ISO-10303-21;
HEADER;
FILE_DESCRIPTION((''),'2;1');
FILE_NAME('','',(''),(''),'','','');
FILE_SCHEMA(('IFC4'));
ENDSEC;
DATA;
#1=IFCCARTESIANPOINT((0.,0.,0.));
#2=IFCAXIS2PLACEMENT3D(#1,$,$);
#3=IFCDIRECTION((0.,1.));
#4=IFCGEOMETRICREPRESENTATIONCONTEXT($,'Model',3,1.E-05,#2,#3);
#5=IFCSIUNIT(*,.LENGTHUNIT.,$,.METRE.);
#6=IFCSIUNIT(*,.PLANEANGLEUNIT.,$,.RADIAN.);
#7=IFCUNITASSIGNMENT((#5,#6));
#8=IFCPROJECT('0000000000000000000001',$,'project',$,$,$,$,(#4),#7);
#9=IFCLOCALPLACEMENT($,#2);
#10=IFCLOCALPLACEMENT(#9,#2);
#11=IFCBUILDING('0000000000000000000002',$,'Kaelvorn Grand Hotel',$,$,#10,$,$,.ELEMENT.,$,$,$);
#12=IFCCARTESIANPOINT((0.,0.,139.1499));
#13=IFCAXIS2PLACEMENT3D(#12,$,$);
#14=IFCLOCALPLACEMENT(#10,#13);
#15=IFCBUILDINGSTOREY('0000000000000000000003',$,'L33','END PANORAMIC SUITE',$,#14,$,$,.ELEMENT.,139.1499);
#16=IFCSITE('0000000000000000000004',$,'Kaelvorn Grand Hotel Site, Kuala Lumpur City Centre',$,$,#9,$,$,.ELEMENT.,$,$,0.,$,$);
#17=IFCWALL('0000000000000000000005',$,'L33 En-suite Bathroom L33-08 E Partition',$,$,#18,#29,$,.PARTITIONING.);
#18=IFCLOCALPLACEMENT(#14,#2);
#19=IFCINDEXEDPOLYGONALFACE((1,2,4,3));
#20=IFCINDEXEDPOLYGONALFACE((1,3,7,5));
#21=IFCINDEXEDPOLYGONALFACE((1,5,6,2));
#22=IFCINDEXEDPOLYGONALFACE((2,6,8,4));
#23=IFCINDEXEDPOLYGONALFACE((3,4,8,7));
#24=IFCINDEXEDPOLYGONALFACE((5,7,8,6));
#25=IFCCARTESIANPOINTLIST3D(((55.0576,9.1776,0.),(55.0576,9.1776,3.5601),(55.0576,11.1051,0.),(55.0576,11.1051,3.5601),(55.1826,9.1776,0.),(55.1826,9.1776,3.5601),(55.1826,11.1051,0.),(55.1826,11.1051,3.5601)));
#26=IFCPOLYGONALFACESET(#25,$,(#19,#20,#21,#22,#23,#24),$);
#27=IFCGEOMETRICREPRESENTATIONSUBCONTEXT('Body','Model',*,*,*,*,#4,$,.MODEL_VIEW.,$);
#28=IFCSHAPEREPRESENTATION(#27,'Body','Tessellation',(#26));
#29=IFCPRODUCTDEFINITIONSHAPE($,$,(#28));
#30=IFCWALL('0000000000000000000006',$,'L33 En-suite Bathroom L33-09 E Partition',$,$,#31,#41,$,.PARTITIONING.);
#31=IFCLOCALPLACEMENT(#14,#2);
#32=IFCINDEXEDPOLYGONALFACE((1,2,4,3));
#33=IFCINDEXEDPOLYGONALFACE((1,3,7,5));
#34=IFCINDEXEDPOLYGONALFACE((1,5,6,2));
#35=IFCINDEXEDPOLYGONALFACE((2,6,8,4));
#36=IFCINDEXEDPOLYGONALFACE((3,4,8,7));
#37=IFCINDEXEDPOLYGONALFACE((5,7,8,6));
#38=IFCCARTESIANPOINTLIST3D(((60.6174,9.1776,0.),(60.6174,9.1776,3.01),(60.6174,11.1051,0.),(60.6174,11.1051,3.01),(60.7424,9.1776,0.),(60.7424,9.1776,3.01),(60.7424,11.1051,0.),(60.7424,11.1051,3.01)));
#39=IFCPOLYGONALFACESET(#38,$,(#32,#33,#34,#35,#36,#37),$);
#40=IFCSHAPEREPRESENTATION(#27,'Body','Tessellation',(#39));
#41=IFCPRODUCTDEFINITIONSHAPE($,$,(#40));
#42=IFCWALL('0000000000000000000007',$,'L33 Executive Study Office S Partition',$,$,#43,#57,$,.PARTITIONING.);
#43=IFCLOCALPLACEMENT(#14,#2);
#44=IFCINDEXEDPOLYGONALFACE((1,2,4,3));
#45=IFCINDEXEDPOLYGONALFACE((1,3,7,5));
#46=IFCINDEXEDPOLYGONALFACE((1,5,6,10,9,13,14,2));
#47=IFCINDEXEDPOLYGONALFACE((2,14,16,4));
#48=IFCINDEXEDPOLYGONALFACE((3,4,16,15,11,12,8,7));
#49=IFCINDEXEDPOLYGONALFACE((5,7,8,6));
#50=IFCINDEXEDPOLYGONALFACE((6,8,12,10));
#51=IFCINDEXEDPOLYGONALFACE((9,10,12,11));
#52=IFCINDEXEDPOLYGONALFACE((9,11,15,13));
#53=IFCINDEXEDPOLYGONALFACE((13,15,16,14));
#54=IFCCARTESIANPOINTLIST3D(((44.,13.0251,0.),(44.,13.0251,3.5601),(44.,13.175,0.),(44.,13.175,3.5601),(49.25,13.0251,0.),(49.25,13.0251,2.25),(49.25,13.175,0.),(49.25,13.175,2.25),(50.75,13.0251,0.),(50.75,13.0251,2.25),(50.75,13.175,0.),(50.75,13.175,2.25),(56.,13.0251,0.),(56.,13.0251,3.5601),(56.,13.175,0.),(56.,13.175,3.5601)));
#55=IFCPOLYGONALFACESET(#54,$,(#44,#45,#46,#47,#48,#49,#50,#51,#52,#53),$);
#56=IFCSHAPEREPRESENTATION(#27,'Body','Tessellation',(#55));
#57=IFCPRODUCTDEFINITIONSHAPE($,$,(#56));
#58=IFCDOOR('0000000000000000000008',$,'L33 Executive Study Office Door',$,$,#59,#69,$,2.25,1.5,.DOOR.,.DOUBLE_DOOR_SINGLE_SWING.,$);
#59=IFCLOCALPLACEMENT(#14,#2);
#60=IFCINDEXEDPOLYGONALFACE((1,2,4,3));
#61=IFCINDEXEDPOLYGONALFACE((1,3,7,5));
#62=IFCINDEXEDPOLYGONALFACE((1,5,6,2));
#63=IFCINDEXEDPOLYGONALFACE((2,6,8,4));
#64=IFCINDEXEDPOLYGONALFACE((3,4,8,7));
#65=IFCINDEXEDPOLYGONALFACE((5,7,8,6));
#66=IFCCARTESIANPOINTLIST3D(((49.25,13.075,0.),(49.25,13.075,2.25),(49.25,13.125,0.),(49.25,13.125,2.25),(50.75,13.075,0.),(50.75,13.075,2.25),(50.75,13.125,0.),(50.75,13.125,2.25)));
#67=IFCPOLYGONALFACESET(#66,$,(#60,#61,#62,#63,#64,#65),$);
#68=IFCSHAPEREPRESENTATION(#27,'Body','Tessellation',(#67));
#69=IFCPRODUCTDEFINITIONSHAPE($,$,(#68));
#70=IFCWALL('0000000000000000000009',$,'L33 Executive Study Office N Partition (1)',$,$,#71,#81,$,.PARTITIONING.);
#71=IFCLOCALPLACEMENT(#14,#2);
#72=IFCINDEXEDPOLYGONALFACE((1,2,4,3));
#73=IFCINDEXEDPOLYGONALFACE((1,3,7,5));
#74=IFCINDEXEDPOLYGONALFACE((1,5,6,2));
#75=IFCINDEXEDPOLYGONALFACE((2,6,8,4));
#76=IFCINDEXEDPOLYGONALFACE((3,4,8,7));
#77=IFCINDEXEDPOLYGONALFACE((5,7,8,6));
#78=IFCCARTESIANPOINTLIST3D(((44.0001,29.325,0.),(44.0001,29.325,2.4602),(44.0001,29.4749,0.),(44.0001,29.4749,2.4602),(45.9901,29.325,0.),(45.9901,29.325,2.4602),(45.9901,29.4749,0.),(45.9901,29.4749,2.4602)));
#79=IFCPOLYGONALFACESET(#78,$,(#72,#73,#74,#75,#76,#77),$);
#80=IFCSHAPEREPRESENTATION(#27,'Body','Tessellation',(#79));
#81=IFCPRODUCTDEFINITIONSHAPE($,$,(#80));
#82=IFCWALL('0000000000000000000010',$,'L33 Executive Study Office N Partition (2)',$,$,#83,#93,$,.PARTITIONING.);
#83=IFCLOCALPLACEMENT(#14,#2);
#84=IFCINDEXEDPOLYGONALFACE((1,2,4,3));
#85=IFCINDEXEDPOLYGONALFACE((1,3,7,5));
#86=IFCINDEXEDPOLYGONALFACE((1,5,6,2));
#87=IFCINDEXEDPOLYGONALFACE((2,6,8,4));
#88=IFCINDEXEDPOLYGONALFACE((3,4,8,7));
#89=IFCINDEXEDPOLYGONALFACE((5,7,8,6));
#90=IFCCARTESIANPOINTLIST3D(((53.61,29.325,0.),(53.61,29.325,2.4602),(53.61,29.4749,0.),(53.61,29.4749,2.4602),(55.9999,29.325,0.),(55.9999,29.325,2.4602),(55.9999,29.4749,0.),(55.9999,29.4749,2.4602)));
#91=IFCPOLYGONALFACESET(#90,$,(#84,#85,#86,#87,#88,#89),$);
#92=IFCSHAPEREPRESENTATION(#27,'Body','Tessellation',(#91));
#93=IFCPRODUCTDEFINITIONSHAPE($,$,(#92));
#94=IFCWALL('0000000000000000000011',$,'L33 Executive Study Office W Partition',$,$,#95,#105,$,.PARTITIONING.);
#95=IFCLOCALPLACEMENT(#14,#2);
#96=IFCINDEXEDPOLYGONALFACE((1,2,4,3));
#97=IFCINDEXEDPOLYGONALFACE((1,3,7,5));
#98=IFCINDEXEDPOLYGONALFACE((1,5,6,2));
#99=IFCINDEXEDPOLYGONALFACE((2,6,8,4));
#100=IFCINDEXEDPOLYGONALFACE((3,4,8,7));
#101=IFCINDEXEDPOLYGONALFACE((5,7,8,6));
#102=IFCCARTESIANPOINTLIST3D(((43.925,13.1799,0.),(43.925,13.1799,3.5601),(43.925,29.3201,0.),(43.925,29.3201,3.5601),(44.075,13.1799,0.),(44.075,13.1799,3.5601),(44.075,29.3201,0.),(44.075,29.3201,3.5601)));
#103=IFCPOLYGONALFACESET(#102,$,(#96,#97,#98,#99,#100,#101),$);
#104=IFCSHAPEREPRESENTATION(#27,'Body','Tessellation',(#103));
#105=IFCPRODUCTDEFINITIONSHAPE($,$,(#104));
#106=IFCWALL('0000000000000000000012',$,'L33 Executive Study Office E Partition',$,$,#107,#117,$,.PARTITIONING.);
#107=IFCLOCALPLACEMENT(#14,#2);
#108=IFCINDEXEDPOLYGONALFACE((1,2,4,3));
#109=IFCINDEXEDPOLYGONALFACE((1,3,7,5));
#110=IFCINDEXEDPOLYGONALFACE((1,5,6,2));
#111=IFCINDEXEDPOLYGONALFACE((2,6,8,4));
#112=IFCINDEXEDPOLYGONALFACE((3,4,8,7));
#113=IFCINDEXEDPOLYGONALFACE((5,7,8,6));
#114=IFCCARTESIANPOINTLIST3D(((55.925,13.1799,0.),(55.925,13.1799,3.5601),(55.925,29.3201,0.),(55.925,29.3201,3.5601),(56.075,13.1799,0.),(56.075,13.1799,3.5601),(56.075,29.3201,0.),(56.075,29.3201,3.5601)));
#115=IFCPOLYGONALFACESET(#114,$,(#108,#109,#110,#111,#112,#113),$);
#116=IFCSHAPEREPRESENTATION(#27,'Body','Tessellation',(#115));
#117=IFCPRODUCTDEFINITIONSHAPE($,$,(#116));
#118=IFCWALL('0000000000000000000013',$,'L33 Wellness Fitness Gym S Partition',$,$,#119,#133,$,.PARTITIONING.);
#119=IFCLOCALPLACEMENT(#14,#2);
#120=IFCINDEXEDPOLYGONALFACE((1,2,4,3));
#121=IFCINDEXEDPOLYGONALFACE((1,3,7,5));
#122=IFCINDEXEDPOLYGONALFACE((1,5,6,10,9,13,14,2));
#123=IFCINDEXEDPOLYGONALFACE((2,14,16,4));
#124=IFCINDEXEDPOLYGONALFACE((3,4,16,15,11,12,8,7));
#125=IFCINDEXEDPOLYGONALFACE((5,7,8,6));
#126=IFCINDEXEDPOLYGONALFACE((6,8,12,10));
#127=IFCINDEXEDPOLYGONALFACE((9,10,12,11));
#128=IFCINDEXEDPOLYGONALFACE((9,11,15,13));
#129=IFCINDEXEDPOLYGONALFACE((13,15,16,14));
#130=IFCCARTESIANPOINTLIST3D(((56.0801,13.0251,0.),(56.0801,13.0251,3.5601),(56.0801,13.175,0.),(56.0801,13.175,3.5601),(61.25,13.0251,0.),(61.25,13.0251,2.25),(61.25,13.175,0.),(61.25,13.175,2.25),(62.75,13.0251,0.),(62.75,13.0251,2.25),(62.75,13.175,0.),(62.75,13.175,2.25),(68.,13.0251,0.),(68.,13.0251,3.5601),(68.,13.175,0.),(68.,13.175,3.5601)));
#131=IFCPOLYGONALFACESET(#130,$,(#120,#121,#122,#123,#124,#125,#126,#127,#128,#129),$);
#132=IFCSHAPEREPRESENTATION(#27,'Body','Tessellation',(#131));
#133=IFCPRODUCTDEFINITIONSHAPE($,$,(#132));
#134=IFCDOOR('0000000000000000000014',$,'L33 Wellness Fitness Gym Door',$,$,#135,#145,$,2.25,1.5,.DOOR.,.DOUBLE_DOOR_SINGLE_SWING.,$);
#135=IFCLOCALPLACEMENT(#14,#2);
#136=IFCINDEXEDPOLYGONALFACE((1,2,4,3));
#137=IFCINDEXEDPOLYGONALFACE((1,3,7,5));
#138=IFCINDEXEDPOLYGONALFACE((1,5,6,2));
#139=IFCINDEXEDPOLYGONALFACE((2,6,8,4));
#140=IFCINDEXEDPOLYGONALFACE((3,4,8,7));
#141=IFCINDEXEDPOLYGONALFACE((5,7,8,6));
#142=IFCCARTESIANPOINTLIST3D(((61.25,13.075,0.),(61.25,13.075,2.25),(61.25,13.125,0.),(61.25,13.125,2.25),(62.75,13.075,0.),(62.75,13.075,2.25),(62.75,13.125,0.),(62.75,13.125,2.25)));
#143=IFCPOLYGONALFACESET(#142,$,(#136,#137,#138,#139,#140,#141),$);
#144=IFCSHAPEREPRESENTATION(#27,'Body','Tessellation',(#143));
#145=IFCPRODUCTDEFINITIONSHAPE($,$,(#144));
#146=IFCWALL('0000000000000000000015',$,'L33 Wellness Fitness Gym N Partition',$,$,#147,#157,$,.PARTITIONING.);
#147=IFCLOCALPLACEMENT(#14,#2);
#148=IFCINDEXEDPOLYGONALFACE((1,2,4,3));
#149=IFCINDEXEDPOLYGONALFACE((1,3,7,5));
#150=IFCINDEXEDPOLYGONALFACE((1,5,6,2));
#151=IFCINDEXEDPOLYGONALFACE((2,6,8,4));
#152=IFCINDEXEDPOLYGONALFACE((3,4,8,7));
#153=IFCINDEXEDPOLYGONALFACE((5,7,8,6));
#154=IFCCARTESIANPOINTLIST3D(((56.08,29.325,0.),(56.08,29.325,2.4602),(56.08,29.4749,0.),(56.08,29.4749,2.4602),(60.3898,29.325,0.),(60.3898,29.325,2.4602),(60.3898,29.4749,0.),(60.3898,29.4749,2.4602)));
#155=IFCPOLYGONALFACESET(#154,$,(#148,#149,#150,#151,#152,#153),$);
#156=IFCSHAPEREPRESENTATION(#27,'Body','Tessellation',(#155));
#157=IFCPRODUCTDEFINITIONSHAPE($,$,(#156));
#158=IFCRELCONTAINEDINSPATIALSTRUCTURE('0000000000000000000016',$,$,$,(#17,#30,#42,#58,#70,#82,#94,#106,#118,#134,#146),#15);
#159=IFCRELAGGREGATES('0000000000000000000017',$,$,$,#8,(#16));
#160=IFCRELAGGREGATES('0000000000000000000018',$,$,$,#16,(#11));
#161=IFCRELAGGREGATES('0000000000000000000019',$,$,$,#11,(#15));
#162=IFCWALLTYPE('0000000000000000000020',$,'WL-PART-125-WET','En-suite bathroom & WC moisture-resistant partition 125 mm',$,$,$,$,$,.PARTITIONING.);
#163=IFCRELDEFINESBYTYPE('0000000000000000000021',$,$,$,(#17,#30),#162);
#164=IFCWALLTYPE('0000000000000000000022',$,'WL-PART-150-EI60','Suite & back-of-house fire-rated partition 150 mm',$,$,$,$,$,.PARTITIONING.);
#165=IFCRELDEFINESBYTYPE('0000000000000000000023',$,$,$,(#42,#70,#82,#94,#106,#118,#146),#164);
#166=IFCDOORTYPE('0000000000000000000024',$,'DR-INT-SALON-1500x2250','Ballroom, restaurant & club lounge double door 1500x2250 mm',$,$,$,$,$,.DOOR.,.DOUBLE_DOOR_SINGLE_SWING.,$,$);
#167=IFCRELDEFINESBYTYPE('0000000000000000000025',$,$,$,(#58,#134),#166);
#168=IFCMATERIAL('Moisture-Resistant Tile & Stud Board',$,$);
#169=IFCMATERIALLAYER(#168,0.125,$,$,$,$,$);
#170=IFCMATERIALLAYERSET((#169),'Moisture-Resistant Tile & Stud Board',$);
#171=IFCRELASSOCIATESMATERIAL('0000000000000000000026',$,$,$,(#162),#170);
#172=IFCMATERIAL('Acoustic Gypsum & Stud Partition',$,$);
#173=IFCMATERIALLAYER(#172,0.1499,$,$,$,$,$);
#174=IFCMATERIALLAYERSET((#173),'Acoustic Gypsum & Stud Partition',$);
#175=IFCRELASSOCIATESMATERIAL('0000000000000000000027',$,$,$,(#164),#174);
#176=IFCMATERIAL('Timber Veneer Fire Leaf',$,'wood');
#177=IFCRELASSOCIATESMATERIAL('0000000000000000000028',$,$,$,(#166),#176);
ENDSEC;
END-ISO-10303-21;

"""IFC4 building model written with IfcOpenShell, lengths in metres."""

from ifc_helpers import new_model, si_unit, direction, frame, frame_2d, origin, place, context, subcontext, project, spatial, rectangle, extrude, material, layer, layer_set, type_object, element, fill, save


model = new_model("IFC4")

# Units and contexts
model_context = context("Model", 3, precision=1e-05, world=origin(), true_north=direction((0.0, 1.0)))
body_context = subcontext(model_context, "Body", "Model", "MODEL_VIEW")
ifc_project = project(units=[si_unit("LENGTHUNIT", "METRE"), si_unit("PLANEANGLEUNIT", "RADIAN")], contexts=[model_context])

# Site, building, storey
site_placement = place(None, origin())
site = spatial("IfcSite", under=ifc_project, at=site_placement, Name="Kaelvorn Grand Hotel Site, Kuala Lumpur City Centre", CompositionType="ELEMENT", RefElevation=0.0)
building_placement = place(site_placement, origin())
building = spatial("IfcBuilding", under=site, at=building_placement, Name="Kaelvorn Grand Hotel", CompositionType="ELEMENT")
storey_placement = place(building_placement, frame((0.0, 0.0, 139.1499)))
storey = spatial("IfcBuildingStorey", under=building, at=storey_placement, Name="L33", Description="END PANORAMIC SUITE", CompositionType="ELEMENT", Elevation=139.1499)

# Walls
ifc_material_1 = material(Name="Moisture-Resistant Tile & Stud Board")
ifc_layer_1 = layer(ifc_material_1, 0.125)
ifc_layer_set_1 = layer_set([ifc_layer_1], Name="Moisture-Resistant Tile & Stud Board")
wall_type_1 = type_object("IfcWallType", Name="WL-PART-125-WET", Description="En-suite bathroom & WC moisture-resistant partition 125 mm", PredefinedType="PARTITIONING", material=ifc_layer_set_1)
wall_1_placement = place(storey_placement, frame((55.1201, 9.1775, 0.0), z_axis=(0.0, 0.0, 1.0), x_axis=(0.0, 1.0, 0.0)))
element("IfcWall", 1, at=wall_1_placement, inside=storey, type_object=wall_type_1, Name="L33 En-suite Bathroom L33-08 E Partition", PredefinedType="PARTITIONING", context=body_context, shape_type="SweptSolid", body=[
    extrude(rectangle(XDim=1.9275, YDim=0.125, at=frame_2d((0.9639, 0.0))), origin(), (0.0, 0.0, 1.0), 3.5601),
])
wall_2_placement = place(storey_placement, frame((60.6799, 9.1775, 0.0), z_axis=(0.0, 0.0, 1.0), x_axis=(0.0, 1.0, 0.0)))
element("IfcWall", 2, at=wall_2_placement, inside=storey, type_object=wall_type_1, Name="L33 En-suite Bathroom L33-09 E Partition", PredefinedType="PARTITIONING", context=body_context, shape_type="SweptSolid", body=[
    extrude(rectangle(XDim=1.9275, YDim=0.125, at=frame_2d((0.9639, 0.0))), origin(), (0.0, 0.0, 1.0), 3.01),
])

# Wall, opening, door
ifc_material_2 = material(Name="Acoustic Gypsum & Stud Partition")
ifc_layer_2 = layer(ifc_material_2, 0.1499)
ifc_layer_set_2 = layer_set([ifc_layer_2], Name="Acoustic Gypsum & Stud Partition")
wall_type_2 = type_object("IfcWallType", Name="WL-PART-150-EI60", Description="Suite & back-of-house fire-rated partition 150 mm", PredefinedType="PARTITIONING", material=ifc_layer_set_2)
wall_3_placement = place(storey_placement, frame((44.0, 13.1001, 0.0), z_axis=(0.0, 0.0, 1.0), x_axis=(1.0, 0.0, 0.0)))
wall_3 = element("IfcWall", 3, at=wall_3_placement, inside=storey, type_object=wall_type_2, Name="L33 Executive Study Office S Partition", PredefinedType="PARTITIONING", context=body_context, shape_type="SweptSolid", body=[
    extrude(rectangle(XDim=12.0, YDim=0.1499, at=frame_2d((6.0, 0.0))), origin(), (0.0, 0.0, 1.0), 3.5601),
])
opening_1_placement = place(wall_3_placement, frame((5.25, 0.0, 0.0)))
opening_1 = element("IfcOpeningElement", 4, at=opening_1_placement, cuts=wall_3, PredefinedType="OPENING", context=body_context, shape_type="SweptSolid", body=[
    extrude(rectangle(XDim=1.5, YDim=2.25, at=frame_2d((0.75, 1.125))), frame((0.0, 0.085, 0.0), z_axis=(0.0, -1.0, 0.0), x_axis=(1.0, 0.0, 0.0)), (0.0, 0.0, 1.0), 0.1699),
])
ifc_material_3 = material(Name="Timber Veneer Fire Leaf", Category="wood")
door_type_1 = type_object("IfcDoorType", Name="DR-INT-SALON-1500x2250", Description="Ballroom, restaurant & club lounge double door 1500x2250 mm", OperationType="DOUBLE_DOOR_SINGLE_SWING", PredefinedType="DOOR", material=ifc_material_3)
door_1_placement = place(opening_1_placement, origin())
door_1 = element("IfcDoor", 5, at=door_1_placement, inside=storey, type_object=door_type_1, Name="L33 Executive Study Office Door", OperationType="DOUBLE_DOOR_SINGLE_SWING", OverallHeight=2.25, OverallWidth=1.5, PredefinedType="DOOR", context=body_context, shape_type="SweptSolid", body=[
    extrude(rectangle(XDim=1.5, YDim=2.25, at=frame_2d((0.75, 1.125))), frame((0.0, 0.0249, 0.0), z_axis=(0.0, -1.0, 0.0), x_axis=(1.0, 0.0, 0.0)), (0.0, 0.0, 1.0), 0.05),
])
fill(opening_1, door_1)

# Walls
wall_4_placement = place(storey_placement, frame((44.0, 29.3999, 0.0), z_axis=(0.0, 0.0, 1.0), x_axis=(1.0, 0.0, 0.0)))
element("IfcWall", 6, at=wall_4_placement, inside=storey, type_object=wall_type_2, Name="L33 Executive Study Office N Partition (1)", PredefinedType="PARTITIONING", context=body_context, shape_type="SweptSolid", body=[
    extrude(rectangle(XDim=1.99, YDim=0.1499, at=frame_2d((0.9951, 0.0))), origin(), (0.0, 0.0, 1.0), 2.4602),
])
wall_5_placement = place(storey_placement, frame((53.6101, 29.3999, 0.0), z_axis=(0.0, 0.0, 1.0), x_axis=(1.0, 0.0, 0.0)))
element("IfcWall", 7, at=wall_5_placement, inside=storey, type_object=wall_type_2, Name="L33 Executive Study Office N Partition (2)", PredefinedType="PARTITIONING", context=body_context, shape_type="SweptSolid", body=[
    extrude(rectangle(XDim=2.3899, YDim=0.1499, at=frame_2d((1.1948, 0.0))), origin(), (0.0, 0.0, 1.0), 2.4602),
])
for number, where, z_axis, x_axis, name in (
    (8, (44.0, 13.1799, 0.0), (0.0, 0.0, 1.0), (0.0, 1.0, 0.0), "L33 Executive Study Office W Partition"),
    (9, (56.0, 13.1799, 0.0), (0.0, 0.0, 1.0), (0.0, 1.0, 0.0), "L33 Executive Study Office E Partition"),
):
    element("IfcWall", number, at=place(storey_placement, frame(where, z_axis=z_axis, x_axis=x_axis)), inside=storey, type_object=wall_type_2, Name=name, PredefinedType="PARTITIONING", context=body_context, shape_type="SweptSolid", body=[
        extrude(rectangle(XDim=16.1401, YDim=0.1499, at=frame_2d((8.0701, 0.0))), origin(), (0.0, 0.0, 1.0), 3.5601),
    ])

# Wall, opening, door
wall_6_placement = place(storey_placement, frame((56.0801, 13.1001, 0.0), z_axis=(0.0, 0.0, 1.0), x_axis=(1.0, 0.0, 0.0)))
wall_6 = element("IfcWall", 10, at=wall_6_placement, inside=storey, type_object=wall_type_2, Name="L33 Wellness Fitness Gym S Partition", PredefinedType="PARTITIONING", context=body_context, shape_type="SweptSolid", body=[
    extrude(rectangle(XDim=11.9199, YDim=0.1499, at=frame_2d((5.96, 0.0))), origin(), (0.0, 0.0, 1.0), 3.5601),
])
opening_2_placement = place(wall_6_placement, frame((5.1699, 0.0, 0.0)))
opening_2 = element("IfcOpeningElement", 11, at=opening_2_placement, cuts=wall_6, PredefinedType="OPENING", context=body_context, shape_type="SweptSolid", body=[
    extrude(rectangle(XDim=1.5, YDim=2.25, at=frame_2d((0.75, 1.125))), frame((0.0, 0.085, 0.0), z_axis=(0.0, -1.0, 0.0), x_axis=(1.0, 0.0, 0.0)), (0.0, 0.0, 1.0), 0.1699),
])
door_2_placement = place(opening_2_placement, origin())
door_2 = element("IfcDoor", 12, at=door_2_placement, inside=storey, type_object=door_type_1, Name="L33 Wellness Fitness Gym Door", OperationType="DOUBLE_DOOR_SINGLE_SWING", OverallHeight=2.25, OverallWidth=1.5, PredefinedType="DOOR", context=body_context, shape_type="SweptSolid", body=[
    extrude(rectangle(XDim=1.5, YDim=2.25, at=frame_2d((0.75, 1.125))), frame((0.0, 0.0249, 0.0), z_axis=(0.0, -1.0, 0.0), x_axis=(1.0, 0.0, 0.0)), (0.0, 0.0, 1.0), 0.05),
])
fill(opening_2, door_2)

# Wall
wall_7_placement = place(storey_placement, frame((56.0801, 29.3999, 0.0), z_axis=(0.0, 0.0, 1.0), x_axis=(1.0, 0.0, 0.0)))
element("IfcWall", 13, at=wall_7_placement, inside=storey, type_object=wall_type_2, Name="L33 Wellness Fitness Gym N Partition", PredefinedType="PARTITIONING", context=body_context, shape_type="SweptSolid", body=[
    extrude(rectangle(XDim=4.3098, YDim=0.1499, at=frame_2d((2.1548, 0.0))), origin(), (0.0, 0.0, 1.0), 2.4602),
])

save(model, "model.ifc")
